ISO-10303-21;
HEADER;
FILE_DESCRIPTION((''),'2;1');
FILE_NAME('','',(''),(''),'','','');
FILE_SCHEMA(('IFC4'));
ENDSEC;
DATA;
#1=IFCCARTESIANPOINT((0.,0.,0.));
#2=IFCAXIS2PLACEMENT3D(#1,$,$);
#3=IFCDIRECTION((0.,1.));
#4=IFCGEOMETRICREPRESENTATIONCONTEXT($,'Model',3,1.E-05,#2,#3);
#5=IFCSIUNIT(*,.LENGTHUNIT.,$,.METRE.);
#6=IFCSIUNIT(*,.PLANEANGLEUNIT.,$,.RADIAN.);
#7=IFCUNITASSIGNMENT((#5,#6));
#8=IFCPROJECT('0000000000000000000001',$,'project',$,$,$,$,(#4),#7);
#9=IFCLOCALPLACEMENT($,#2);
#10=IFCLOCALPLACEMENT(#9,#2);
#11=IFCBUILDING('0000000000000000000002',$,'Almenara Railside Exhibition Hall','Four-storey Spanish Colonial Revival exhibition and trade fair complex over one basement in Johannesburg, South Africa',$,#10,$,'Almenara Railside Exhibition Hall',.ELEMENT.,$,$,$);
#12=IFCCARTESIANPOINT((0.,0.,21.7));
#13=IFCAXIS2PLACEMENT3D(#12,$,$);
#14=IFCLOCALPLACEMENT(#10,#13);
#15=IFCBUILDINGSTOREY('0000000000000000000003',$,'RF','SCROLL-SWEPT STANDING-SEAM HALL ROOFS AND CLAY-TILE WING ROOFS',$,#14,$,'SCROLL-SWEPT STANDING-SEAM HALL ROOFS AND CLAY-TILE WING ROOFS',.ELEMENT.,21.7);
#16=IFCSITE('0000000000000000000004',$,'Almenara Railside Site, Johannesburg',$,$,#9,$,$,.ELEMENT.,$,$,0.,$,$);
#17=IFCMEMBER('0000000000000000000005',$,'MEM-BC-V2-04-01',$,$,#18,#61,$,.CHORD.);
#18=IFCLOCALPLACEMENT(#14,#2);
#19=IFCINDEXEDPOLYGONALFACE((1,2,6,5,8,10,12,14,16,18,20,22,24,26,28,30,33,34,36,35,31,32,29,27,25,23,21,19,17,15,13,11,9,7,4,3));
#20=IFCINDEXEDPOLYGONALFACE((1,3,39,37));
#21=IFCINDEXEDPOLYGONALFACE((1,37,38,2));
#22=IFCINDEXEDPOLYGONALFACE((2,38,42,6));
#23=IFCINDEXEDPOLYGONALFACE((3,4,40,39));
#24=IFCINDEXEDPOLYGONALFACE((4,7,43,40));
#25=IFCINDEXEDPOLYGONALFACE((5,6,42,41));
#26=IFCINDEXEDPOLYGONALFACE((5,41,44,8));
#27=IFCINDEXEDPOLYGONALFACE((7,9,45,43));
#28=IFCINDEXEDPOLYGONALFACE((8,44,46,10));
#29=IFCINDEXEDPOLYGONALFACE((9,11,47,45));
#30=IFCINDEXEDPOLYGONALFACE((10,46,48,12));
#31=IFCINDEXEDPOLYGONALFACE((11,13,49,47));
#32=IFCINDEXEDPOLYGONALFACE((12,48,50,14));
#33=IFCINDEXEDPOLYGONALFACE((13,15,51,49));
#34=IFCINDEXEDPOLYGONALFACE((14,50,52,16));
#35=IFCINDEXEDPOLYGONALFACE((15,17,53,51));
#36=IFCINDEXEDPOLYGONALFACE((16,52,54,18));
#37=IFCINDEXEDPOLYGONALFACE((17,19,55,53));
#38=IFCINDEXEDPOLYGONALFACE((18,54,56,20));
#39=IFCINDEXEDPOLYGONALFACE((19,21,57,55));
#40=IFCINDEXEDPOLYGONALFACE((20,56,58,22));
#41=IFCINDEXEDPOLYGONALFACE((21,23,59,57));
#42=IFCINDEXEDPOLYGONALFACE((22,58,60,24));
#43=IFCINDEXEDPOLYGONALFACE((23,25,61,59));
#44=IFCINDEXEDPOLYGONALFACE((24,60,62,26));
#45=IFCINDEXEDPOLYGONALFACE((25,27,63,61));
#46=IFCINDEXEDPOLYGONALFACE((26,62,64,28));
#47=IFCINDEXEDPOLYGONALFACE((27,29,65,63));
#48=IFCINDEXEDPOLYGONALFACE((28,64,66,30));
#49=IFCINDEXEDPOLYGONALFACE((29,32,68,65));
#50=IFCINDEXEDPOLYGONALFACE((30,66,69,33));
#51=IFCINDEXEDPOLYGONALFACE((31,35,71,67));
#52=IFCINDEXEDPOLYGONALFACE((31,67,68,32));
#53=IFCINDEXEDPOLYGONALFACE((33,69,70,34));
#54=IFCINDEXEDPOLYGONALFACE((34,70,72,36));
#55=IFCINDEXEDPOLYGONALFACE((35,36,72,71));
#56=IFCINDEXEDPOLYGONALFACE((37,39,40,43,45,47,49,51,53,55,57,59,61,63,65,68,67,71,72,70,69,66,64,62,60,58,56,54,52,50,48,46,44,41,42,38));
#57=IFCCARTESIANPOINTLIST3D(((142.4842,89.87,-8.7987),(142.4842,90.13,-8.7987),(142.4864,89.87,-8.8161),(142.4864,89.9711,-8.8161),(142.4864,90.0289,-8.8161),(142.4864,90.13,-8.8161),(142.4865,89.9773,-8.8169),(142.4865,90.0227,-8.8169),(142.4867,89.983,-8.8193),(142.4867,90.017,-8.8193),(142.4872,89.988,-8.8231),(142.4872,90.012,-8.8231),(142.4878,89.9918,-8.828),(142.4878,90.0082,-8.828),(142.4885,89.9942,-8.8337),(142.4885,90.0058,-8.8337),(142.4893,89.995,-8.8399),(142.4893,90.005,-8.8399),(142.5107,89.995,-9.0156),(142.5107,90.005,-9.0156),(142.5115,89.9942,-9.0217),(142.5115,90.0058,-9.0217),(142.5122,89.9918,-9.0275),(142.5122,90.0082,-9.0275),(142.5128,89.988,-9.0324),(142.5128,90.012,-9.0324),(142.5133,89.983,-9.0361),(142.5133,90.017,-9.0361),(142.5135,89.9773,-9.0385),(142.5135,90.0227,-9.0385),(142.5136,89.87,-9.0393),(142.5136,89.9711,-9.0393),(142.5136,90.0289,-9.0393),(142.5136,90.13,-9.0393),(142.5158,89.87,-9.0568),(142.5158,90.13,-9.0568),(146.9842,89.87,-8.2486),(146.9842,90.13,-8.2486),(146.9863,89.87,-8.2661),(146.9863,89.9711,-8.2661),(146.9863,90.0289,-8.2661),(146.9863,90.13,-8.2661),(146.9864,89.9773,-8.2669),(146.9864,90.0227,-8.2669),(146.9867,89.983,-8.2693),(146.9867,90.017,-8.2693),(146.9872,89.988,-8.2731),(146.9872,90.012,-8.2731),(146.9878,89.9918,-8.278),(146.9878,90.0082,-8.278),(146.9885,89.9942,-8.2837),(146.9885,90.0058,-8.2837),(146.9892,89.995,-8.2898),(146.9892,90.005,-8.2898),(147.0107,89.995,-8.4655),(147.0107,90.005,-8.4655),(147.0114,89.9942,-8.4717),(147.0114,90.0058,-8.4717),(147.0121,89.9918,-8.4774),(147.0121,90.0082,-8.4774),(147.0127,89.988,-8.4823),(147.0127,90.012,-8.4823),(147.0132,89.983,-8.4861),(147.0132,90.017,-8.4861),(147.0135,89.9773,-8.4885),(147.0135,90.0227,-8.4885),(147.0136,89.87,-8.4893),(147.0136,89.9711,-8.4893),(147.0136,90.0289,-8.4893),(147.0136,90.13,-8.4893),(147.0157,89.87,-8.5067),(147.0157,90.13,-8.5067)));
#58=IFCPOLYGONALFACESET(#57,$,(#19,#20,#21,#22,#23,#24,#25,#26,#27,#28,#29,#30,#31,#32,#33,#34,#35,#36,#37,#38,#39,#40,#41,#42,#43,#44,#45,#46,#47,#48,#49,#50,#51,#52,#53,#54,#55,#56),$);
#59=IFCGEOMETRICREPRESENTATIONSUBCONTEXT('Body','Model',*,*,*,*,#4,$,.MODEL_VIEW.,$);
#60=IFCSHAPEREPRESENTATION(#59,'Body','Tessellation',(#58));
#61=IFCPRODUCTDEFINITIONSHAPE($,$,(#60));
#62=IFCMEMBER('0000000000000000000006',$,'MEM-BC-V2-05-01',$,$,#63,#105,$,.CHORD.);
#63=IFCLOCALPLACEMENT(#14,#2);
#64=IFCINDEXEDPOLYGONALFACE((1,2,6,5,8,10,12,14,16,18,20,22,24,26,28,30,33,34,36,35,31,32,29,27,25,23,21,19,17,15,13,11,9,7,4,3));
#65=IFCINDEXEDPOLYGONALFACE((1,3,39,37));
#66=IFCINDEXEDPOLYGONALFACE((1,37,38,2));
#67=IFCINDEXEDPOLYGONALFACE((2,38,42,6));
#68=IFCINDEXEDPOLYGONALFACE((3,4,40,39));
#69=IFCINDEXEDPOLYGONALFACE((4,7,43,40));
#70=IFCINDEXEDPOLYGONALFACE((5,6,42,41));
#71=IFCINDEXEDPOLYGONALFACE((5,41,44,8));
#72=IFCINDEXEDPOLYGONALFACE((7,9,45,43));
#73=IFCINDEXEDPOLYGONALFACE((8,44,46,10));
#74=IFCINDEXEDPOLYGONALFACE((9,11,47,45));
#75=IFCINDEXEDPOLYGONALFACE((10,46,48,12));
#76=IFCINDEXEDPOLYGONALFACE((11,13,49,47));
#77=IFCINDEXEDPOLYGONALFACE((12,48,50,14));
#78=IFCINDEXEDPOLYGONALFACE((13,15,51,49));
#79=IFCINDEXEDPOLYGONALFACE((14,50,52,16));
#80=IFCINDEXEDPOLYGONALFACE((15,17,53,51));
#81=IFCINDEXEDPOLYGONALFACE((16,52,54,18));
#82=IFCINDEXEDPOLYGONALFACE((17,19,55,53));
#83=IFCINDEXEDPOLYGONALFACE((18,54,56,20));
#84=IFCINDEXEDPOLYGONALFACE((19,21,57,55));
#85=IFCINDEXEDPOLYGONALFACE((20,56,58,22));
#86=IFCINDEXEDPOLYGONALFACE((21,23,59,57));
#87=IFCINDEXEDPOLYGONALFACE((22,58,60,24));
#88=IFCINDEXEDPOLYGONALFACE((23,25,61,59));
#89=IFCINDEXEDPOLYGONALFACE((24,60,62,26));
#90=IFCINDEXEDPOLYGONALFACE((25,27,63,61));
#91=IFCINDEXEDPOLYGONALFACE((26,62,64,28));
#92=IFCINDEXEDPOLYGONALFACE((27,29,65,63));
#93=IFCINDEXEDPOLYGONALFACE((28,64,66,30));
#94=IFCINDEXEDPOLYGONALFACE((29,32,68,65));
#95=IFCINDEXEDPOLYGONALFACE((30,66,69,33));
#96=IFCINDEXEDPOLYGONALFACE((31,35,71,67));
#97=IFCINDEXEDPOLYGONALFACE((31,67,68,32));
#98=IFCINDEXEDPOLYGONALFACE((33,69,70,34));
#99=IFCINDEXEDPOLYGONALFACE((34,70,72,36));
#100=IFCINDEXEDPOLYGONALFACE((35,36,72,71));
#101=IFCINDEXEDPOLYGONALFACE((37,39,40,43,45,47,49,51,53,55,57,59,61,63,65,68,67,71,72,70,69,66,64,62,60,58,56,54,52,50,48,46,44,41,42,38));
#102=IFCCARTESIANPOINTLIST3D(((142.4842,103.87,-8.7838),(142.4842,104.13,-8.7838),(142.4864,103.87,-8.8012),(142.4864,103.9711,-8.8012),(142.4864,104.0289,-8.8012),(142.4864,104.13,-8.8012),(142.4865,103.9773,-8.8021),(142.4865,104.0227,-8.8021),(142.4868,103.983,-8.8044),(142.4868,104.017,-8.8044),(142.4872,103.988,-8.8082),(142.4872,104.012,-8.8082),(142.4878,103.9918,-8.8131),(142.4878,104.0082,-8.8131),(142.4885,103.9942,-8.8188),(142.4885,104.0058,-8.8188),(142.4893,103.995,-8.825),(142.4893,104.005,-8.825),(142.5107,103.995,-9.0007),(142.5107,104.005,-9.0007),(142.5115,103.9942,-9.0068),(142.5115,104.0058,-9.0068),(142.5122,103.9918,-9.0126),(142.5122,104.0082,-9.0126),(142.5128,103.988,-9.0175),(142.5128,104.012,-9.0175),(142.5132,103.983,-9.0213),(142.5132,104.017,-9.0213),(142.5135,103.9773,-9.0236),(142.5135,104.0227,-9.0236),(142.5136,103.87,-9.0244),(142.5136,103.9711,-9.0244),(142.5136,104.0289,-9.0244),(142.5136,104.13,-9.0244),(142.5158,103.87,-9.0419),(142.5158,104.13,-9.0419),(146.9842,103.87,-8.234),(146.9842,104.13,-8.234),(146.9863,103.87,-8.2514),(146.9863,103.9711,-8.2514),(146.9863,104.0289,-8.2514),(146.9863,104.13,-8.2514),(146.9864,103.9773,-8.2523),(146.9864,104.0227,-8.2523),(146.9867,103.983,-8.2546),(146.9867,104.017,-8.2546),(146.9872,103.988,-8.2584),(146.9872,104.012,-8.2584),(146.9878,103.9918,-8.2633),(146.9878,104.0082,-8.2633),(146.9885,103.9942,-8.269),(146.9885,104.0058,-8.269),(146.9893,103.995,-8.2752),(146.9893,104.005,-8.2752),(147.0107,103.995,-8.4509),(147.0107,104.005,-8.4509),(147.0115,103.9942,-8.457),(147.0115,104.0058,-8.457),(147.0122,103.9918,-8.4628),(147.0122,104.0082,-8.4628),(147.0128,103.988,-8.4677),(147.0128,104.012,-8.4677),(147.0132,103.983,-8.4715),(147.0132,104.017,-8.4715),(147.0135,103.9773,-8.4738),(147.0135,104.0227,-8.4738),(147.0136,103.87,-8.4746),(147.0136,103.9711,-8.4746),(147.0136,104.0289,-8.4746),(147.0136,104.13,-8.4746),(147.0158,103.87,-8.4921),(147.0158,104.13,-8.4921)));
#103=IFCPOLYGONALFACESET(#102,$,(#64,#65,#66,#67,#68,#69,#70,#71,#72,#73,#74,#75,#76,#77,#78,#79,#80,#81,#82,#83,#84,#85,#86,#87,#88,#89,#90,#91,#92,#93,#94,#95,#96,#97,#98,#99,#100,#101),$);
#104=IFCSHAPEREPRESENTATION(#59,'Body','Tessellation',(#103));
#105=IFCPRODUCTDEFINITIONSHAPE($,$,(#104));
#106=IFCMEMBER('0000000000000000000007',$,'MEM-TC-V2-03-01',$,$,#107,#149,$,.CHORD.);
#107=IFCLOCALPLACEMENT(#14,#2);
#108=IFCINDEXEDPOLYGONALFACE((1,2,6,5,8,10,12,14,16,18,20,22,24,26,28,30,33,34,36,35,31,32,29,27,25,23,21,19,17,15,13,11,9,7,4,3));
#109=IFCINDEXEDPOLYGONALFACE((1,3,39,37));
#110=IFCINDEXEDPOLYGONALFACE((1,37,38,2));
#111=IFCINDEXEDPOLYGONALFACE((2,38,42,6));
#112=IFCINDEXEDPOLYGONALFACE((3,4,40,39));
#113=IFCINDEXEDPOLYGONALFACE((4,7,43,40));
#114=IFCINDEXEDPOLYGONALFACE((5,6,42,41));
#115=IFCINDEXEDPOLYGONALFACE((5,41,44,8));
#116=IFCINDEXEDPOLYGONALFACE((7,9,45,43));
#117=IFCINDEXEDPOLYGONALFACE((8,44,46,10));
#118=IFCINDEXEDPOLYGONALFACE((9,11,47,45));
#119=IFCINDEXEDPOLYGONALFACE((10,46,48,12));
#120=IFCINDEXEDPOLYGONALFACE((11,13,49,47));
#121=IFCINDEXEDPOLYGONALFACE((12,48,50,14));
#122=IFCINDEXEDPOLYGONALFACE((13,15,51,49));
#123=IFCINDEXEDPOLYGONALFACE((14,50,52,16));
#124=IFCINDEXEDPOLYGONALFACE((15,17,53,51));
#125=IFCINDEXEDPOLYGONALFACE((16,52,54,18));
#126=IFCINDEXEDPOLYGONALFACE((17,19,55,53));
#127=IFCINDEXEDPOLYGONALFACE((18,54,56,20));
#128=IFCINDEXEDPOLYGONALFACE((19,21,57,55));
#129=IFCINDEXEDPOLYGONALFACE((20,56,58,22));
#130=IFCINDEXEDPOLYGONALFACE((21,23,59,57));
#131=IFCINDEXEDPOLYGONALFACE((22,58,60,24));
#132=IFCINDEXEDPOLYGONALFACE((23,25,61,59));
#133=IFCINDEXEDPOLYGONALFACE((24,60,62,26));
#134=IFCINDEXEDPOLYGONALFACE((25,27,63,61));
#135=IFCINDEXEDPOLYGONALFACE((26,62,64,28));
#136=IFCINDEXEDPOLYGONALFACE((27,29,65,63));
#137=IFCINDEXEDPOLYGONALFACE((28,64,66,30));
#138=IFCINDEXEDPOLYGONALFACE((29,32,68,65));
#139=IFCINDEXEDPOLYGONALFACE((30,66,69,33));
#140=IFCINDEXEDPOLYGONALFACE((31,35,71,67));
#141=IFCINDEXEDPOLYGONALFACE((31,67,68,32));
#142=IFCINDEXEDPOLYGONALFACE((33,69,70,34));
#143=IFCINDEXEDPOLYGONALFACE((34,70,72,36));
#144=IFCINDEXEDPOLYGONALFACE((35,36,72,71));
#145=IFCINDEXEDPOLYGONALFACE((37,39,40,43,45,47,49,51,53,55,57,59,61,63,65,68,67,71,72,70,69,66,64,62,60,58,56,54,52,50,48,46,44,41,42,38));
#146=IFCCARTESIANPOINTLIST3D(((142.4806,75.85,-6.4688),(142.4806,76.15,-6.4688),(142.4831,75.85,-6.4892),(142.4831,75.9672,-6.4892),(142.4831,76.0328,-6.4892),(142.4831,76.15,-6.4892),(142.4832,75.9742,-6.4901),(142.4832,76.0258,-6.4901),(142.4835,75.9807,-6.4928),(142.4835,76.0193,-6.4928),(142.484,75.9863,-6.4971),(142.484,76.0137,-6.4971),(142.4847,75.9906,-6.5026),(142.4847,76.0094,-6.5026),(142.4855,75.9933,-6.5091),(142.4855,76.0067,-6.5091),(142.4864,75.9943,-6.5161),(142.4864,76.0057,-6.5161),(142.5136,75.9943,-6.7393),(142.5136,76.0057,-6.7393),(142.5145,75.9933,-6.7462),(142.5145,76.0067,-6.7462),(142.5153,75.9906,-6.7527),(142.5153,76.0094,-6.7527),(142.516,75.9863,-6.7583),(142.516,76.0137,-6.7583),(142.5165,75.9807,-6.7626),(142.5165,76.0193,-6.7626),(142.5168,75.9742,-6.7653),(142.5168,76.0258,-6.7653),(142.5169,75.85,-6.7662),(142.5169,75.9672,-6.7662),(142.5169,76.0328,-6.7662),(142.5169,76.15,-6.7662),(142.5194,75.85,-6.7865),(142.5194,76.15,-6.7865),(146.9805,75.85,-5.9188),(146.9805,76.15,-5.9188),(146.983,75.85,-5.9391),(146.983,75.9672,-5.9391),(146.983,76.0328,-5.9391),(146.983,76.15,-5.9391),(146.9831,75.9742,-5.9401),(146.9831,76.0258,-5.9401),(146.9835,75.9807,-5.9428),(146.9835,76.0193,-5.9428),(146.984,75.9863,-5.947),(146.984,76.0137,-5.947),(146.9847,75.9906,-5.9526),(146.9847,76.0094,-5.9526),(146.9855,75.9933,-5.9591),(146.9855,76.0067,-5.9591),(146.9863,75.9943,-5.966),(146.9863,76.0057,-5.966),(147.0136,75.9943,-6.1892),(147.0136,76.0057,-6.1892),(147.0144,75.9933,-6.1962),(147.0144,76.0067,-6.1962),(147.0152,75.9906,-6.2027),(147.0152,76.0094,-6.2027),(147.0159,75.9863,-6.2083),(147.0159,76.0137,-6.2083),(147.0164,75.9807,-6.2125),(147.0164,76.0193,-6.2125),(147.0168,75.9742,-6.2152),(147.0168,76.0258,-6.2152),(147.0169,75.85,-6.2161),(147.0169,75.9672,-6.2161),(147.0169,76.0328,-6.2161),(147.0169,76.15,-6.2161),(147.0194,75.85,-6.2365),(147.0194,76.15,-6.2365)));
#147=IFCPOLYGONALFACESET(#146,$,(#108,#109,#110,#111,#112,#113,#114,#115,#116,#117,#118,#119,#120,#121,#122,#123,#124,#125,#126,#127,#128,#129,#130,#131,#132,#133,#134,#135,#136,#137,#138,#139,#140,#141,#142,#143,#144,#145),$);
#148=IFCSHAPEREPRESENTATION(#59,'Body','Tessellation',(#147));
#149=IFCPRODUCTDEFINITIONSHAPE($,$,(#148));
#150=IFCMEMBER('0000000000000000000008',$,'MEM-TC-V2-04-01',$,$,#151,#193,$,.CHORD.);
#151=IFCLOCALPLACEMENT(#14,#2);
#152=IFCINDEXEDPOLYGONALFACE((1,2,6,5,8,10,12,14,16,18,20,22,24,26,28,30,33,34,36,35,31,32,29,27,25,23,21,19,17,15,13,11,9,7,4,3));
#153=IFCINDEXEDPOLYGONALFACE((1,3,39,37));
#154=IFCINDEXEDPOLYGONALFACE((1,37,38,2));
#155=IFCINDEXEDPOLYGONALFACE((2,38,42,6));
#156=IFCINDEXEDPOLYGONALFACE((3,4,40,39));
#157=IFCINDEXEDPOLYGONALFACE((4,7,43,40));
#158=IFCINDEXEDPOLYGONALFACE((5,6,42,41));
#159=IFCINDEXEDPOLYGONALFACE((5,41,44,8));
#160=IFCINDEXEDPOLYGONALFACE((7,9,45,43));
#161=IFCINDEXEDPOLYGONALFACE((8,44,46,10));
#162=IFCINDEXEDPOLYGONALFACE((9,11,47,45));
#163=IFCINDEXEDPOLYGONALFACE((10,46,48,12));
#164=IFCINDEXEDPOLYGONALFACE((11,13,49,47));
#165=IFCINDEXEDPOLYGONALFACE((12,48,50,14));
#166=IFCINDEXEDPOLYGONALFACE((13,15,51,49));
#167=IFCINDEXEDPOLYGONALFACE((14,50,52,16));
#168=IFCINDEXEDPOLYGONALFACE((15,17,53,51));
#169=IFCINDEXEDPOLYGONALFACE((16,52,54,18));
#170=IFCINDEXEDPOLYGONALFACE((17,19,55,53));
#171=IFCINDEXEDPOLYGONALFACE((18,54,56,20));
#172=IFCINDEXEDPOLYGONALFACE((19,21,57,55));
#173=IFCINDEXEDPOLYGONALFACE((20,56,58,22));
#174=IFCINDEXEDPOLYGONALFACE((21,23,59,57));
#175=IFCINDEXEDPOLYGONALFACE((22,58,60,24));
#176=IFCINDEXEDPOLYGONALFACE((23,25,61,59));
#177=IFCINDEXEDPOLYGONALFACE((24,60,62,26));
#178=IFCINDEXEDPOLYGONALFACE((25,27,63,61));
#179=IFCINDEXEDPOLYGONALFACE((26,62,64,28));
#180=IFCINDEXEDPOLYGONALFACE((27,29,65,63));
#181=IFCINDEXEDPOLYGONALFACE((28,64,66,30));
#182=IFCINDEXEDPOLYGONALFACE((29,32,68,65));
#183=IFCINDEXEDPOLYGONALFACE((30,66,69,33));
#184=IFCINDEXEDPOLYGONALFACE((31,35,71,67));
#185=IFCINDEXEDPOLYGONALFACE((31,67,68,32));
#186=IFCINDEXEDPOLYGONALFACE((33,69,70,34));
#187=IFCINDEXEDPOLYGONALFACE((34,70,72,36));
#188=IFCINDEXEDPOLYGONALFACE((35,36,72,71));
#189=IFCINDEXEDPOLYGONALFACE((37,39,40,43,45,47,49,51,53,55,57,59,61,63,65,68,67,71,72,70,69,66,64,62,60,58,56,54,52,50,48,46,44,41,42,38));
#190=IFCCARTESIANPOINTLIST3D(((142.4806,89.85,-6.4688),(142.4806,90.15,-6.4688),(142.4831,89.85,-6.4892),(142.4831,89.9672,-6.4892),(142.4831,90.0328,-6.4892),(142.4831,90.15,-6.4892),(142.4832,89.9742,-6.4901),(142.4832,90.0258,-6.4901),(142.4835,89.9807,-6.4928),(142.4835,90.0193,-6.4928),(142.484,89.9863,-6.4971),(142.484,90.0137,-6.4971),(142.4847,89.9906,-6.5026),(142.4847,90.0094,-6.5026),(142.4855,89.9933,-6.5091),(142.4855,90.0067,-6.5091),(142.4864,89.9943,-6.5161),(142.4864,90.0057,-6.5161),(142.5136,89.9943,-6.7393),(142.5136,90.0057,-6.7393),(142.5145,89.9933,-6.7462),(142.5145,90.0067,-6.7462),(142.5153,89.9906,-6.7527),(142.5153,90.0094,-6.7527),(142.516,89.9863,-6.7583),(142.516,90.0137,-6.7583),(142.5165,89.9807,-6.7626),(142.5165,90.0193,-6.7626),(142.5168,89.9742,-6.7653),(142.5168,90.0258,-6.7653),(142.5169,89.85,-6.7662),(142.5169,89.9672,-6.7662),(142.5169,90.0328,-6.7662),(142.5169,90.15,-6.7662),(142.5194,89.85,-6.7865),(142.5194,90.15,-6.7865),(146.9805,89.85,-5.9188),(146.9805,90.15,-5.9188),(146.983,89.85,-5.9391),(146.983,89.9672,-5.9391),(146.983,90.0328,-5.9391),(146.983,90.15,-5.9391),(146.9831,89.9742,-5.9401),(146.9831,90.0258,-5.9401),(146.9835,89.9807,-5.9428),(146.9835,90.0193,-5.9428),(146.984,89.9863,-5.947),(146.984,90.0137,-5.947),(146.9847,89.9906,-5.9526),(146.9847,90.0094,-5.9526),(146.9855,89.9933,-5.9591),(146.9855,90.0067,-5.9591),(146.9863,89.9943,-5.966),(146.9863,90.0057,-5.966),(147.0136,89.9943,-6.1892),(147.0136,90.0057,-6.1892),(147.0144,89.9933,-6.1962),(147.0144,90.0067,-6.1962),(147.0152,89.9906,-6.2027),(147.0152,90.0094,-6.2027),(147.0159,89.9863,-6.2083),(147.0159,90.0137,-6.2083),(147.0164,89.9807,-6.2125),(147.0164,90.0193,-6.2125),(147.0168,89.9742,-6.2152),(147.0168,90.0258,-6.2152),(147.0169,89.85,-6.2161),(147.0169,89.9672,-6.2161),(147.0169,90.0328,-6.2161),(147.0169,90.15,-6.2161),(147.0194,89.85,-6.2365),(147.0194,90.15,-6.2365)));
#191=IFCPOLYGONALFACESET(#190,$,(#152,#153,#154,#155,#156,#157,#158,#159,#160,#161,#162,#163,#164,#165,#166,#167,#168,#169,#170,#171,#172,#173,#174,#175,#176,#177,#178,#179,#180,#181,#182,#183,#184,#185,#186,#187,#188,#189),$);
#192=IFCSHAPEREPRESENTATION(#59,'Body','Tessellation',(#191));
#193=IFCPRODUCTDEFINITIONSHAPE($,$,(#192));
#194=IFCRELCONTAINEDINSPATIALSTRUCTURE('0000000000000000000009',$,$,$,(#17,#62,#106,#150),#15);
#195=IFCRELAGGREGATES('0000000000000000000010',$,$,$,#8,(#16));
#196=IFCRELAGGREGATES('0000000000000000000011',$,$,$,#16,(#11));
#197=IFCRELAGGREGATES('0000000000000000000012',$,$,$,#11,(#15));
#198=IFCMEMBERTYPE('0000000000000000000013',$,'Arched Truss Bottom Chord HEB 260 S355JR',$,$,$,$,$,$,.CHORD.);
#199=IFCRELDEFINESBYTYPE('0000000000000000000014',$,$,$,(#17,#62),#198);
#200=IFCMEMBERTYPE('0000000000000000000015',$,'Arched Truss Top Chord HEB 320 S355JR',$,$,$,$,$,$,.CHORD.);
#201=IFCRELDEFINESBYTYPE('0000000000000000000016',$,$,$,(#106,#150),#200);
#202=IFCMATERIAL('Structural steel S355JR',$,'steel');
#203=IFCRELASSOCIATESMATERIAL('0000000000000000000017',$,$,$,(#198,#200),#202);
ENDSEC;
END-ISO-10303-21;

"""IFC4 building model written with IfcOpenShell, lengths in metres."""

from ifc_helpers import new_model, si_unit, direction, frame, origin, origin_2d, place, context, subcontext, project, spatial, i_section, extrude, material, material_profile, profile_set, type_object, element, save


model = new_model("IFC4")

# Units and contexts
model_context = context("Model", 3, precision=1e-05, world=origin(), true_north=direction((0.0, 1.0)))
body_context = subcontext(model_context, "Body", "Model", "MODEL_VIEW")
ifc_project = project(units=[si_unit("LENGTHUNIT", "METRE"), si_unit("PLANEANGLEUNIT", "RADIAN")], contexts=[model_context])

# Site, building, storey
site_placement = place(None, origin())
site = spatial("IfcSite", under=ifc_project, at=site_placement, Name="Almenara Railside Site, Johannesburg", CompositionType="ELEMENT", RefElevation=0.0)
building_placement = place(site_placement, origin())
building = spatial("IfcBuilding", under=site, at=building_placement, Name="Almenara Railside Exhibition Hall", Description="Four-storey Spanish Colonial Revival exhibition and trade fair complex over one basement in Johannesburg, South Africa", LongName="Almenara Railside Exhibition Hall", CompositionType="ELEMENT")
storey_placement = place(building_placement, frame((0.0, 0.0, 21.7)))
storey = spatial("IfcBuildingStorey", under=building, at=storey_placement, Name="RF", Description="SCROLL-SWEPT STANDING-SEAM HALL ROOFS AND CLAY-TILE WING ROOFS", LongName="SCROLL-SWEPT STANDING-SEAM HALL ROOFS AND CLAY-TILE WING ROOFS", CompositionType="ELEMENT", Elevation=21.7)

# Members
ifc_material = material(Name="Structural steel S355JR", Category="steel")
ifc_material_profile_1 = material_profile(ifc_material, i_section(OverallWidth=0.26, OverallDepth=0.26, WebThickness=0.01, FlangeThickness=0.0176, FilletRadius=0.0239, at=origin_2d()), Name="HEB 260")
ifc_profile_set_1 = profile_set([ifc_material_profile_1], Name="Structural steel S355JR")
member_type_1 = type_object("IfcMemberType", Name="Arched Truss Bottom Chord HEB 260 S355JR", PredefinedType="CHORD", material=ifc_profile_set_1)
for number, where, z_axis, x_axis, name in (
    (1, (142.5, 90.0, -8.9277), (0.992612, 0.0, 0.12133), (0.0, 1.0, 0.0), "MEM-BC-V2-04-01"),
    (2, (142.5, 104.0, -8.9128), (0.992619, 0.0, 0.121277), (0.0, 1.0, 0.0), "MEM-BC-V2-05-01"),
):
    element("IfcMember", number, at=place(storey_placement, frame(where, z_axis=z_axis, x_axis=x_axis)), inside=storey, type_object=member_type_1, Name=name, PredefinedType="CHORD", context=body_context, shape_type="SweptSolid", body=[
        extrude(i_section(OverallWidth=0.26, OverallDepth=0.26, WebThickness=0.01, FlangeThickness=0.0176, FilletRadius=0.0239, at=origin_2d()), origin(), (0.0, 0.0, 1.0), 4.5334),
    ])
ifc_material_profile_2 = material_profile(ifc_material, i_section(OverallWidth=0.3, OverallDepth=0.3201, WebThickness=0.0115, FlangeThickness=0.0205, FilletRadius=0.0271, at=origin_2d()), Name="HEB 320")
ifc_profile_set_2 = profile_set([ifc_material_profile_2], Name="Structural steel S355JR")
member_type_2 = type_object("IfcMemberType", Name="Arched Truss Top Chord HEB 320 S355JR", PredefinedType="CHORD", material=ifc_profile_set_2)
for number, where, z_axis, x_axis, name in (
    (3, (142.5, 76.0, -6.6277), (0.992612, 0.0, 0.12133), (0.0, 1.0, 0.0), "MEM-TC-V2-03-01"),
    (4, (142.5, 90.0, -6.6277), (0.992612, 0.0, 0.12133), (0.0, 1.0, 0.0), "MEM-TC-V2-04-01"),
):
    element("IfcMember", number, at=place(storey_placement, frame(where, z_axis=z_axis, x_axis=x_axis)), inside=storey, type_object=member_type_2, Name=name, PredefinedType="CHORD", context=body_context, shape_type="SweptSolid", body=[
        extrude(i_section(OverallWidth=0.3, OverallDepth=0.3201, WebThickness=0.0115, FlangeThickness=0.0205, FilletRadius=0.0271, at=origin_2d()), origin(), (0.0, 0.0, 1.0), 4.5334),
    ])

save(model, "model.ifc")
